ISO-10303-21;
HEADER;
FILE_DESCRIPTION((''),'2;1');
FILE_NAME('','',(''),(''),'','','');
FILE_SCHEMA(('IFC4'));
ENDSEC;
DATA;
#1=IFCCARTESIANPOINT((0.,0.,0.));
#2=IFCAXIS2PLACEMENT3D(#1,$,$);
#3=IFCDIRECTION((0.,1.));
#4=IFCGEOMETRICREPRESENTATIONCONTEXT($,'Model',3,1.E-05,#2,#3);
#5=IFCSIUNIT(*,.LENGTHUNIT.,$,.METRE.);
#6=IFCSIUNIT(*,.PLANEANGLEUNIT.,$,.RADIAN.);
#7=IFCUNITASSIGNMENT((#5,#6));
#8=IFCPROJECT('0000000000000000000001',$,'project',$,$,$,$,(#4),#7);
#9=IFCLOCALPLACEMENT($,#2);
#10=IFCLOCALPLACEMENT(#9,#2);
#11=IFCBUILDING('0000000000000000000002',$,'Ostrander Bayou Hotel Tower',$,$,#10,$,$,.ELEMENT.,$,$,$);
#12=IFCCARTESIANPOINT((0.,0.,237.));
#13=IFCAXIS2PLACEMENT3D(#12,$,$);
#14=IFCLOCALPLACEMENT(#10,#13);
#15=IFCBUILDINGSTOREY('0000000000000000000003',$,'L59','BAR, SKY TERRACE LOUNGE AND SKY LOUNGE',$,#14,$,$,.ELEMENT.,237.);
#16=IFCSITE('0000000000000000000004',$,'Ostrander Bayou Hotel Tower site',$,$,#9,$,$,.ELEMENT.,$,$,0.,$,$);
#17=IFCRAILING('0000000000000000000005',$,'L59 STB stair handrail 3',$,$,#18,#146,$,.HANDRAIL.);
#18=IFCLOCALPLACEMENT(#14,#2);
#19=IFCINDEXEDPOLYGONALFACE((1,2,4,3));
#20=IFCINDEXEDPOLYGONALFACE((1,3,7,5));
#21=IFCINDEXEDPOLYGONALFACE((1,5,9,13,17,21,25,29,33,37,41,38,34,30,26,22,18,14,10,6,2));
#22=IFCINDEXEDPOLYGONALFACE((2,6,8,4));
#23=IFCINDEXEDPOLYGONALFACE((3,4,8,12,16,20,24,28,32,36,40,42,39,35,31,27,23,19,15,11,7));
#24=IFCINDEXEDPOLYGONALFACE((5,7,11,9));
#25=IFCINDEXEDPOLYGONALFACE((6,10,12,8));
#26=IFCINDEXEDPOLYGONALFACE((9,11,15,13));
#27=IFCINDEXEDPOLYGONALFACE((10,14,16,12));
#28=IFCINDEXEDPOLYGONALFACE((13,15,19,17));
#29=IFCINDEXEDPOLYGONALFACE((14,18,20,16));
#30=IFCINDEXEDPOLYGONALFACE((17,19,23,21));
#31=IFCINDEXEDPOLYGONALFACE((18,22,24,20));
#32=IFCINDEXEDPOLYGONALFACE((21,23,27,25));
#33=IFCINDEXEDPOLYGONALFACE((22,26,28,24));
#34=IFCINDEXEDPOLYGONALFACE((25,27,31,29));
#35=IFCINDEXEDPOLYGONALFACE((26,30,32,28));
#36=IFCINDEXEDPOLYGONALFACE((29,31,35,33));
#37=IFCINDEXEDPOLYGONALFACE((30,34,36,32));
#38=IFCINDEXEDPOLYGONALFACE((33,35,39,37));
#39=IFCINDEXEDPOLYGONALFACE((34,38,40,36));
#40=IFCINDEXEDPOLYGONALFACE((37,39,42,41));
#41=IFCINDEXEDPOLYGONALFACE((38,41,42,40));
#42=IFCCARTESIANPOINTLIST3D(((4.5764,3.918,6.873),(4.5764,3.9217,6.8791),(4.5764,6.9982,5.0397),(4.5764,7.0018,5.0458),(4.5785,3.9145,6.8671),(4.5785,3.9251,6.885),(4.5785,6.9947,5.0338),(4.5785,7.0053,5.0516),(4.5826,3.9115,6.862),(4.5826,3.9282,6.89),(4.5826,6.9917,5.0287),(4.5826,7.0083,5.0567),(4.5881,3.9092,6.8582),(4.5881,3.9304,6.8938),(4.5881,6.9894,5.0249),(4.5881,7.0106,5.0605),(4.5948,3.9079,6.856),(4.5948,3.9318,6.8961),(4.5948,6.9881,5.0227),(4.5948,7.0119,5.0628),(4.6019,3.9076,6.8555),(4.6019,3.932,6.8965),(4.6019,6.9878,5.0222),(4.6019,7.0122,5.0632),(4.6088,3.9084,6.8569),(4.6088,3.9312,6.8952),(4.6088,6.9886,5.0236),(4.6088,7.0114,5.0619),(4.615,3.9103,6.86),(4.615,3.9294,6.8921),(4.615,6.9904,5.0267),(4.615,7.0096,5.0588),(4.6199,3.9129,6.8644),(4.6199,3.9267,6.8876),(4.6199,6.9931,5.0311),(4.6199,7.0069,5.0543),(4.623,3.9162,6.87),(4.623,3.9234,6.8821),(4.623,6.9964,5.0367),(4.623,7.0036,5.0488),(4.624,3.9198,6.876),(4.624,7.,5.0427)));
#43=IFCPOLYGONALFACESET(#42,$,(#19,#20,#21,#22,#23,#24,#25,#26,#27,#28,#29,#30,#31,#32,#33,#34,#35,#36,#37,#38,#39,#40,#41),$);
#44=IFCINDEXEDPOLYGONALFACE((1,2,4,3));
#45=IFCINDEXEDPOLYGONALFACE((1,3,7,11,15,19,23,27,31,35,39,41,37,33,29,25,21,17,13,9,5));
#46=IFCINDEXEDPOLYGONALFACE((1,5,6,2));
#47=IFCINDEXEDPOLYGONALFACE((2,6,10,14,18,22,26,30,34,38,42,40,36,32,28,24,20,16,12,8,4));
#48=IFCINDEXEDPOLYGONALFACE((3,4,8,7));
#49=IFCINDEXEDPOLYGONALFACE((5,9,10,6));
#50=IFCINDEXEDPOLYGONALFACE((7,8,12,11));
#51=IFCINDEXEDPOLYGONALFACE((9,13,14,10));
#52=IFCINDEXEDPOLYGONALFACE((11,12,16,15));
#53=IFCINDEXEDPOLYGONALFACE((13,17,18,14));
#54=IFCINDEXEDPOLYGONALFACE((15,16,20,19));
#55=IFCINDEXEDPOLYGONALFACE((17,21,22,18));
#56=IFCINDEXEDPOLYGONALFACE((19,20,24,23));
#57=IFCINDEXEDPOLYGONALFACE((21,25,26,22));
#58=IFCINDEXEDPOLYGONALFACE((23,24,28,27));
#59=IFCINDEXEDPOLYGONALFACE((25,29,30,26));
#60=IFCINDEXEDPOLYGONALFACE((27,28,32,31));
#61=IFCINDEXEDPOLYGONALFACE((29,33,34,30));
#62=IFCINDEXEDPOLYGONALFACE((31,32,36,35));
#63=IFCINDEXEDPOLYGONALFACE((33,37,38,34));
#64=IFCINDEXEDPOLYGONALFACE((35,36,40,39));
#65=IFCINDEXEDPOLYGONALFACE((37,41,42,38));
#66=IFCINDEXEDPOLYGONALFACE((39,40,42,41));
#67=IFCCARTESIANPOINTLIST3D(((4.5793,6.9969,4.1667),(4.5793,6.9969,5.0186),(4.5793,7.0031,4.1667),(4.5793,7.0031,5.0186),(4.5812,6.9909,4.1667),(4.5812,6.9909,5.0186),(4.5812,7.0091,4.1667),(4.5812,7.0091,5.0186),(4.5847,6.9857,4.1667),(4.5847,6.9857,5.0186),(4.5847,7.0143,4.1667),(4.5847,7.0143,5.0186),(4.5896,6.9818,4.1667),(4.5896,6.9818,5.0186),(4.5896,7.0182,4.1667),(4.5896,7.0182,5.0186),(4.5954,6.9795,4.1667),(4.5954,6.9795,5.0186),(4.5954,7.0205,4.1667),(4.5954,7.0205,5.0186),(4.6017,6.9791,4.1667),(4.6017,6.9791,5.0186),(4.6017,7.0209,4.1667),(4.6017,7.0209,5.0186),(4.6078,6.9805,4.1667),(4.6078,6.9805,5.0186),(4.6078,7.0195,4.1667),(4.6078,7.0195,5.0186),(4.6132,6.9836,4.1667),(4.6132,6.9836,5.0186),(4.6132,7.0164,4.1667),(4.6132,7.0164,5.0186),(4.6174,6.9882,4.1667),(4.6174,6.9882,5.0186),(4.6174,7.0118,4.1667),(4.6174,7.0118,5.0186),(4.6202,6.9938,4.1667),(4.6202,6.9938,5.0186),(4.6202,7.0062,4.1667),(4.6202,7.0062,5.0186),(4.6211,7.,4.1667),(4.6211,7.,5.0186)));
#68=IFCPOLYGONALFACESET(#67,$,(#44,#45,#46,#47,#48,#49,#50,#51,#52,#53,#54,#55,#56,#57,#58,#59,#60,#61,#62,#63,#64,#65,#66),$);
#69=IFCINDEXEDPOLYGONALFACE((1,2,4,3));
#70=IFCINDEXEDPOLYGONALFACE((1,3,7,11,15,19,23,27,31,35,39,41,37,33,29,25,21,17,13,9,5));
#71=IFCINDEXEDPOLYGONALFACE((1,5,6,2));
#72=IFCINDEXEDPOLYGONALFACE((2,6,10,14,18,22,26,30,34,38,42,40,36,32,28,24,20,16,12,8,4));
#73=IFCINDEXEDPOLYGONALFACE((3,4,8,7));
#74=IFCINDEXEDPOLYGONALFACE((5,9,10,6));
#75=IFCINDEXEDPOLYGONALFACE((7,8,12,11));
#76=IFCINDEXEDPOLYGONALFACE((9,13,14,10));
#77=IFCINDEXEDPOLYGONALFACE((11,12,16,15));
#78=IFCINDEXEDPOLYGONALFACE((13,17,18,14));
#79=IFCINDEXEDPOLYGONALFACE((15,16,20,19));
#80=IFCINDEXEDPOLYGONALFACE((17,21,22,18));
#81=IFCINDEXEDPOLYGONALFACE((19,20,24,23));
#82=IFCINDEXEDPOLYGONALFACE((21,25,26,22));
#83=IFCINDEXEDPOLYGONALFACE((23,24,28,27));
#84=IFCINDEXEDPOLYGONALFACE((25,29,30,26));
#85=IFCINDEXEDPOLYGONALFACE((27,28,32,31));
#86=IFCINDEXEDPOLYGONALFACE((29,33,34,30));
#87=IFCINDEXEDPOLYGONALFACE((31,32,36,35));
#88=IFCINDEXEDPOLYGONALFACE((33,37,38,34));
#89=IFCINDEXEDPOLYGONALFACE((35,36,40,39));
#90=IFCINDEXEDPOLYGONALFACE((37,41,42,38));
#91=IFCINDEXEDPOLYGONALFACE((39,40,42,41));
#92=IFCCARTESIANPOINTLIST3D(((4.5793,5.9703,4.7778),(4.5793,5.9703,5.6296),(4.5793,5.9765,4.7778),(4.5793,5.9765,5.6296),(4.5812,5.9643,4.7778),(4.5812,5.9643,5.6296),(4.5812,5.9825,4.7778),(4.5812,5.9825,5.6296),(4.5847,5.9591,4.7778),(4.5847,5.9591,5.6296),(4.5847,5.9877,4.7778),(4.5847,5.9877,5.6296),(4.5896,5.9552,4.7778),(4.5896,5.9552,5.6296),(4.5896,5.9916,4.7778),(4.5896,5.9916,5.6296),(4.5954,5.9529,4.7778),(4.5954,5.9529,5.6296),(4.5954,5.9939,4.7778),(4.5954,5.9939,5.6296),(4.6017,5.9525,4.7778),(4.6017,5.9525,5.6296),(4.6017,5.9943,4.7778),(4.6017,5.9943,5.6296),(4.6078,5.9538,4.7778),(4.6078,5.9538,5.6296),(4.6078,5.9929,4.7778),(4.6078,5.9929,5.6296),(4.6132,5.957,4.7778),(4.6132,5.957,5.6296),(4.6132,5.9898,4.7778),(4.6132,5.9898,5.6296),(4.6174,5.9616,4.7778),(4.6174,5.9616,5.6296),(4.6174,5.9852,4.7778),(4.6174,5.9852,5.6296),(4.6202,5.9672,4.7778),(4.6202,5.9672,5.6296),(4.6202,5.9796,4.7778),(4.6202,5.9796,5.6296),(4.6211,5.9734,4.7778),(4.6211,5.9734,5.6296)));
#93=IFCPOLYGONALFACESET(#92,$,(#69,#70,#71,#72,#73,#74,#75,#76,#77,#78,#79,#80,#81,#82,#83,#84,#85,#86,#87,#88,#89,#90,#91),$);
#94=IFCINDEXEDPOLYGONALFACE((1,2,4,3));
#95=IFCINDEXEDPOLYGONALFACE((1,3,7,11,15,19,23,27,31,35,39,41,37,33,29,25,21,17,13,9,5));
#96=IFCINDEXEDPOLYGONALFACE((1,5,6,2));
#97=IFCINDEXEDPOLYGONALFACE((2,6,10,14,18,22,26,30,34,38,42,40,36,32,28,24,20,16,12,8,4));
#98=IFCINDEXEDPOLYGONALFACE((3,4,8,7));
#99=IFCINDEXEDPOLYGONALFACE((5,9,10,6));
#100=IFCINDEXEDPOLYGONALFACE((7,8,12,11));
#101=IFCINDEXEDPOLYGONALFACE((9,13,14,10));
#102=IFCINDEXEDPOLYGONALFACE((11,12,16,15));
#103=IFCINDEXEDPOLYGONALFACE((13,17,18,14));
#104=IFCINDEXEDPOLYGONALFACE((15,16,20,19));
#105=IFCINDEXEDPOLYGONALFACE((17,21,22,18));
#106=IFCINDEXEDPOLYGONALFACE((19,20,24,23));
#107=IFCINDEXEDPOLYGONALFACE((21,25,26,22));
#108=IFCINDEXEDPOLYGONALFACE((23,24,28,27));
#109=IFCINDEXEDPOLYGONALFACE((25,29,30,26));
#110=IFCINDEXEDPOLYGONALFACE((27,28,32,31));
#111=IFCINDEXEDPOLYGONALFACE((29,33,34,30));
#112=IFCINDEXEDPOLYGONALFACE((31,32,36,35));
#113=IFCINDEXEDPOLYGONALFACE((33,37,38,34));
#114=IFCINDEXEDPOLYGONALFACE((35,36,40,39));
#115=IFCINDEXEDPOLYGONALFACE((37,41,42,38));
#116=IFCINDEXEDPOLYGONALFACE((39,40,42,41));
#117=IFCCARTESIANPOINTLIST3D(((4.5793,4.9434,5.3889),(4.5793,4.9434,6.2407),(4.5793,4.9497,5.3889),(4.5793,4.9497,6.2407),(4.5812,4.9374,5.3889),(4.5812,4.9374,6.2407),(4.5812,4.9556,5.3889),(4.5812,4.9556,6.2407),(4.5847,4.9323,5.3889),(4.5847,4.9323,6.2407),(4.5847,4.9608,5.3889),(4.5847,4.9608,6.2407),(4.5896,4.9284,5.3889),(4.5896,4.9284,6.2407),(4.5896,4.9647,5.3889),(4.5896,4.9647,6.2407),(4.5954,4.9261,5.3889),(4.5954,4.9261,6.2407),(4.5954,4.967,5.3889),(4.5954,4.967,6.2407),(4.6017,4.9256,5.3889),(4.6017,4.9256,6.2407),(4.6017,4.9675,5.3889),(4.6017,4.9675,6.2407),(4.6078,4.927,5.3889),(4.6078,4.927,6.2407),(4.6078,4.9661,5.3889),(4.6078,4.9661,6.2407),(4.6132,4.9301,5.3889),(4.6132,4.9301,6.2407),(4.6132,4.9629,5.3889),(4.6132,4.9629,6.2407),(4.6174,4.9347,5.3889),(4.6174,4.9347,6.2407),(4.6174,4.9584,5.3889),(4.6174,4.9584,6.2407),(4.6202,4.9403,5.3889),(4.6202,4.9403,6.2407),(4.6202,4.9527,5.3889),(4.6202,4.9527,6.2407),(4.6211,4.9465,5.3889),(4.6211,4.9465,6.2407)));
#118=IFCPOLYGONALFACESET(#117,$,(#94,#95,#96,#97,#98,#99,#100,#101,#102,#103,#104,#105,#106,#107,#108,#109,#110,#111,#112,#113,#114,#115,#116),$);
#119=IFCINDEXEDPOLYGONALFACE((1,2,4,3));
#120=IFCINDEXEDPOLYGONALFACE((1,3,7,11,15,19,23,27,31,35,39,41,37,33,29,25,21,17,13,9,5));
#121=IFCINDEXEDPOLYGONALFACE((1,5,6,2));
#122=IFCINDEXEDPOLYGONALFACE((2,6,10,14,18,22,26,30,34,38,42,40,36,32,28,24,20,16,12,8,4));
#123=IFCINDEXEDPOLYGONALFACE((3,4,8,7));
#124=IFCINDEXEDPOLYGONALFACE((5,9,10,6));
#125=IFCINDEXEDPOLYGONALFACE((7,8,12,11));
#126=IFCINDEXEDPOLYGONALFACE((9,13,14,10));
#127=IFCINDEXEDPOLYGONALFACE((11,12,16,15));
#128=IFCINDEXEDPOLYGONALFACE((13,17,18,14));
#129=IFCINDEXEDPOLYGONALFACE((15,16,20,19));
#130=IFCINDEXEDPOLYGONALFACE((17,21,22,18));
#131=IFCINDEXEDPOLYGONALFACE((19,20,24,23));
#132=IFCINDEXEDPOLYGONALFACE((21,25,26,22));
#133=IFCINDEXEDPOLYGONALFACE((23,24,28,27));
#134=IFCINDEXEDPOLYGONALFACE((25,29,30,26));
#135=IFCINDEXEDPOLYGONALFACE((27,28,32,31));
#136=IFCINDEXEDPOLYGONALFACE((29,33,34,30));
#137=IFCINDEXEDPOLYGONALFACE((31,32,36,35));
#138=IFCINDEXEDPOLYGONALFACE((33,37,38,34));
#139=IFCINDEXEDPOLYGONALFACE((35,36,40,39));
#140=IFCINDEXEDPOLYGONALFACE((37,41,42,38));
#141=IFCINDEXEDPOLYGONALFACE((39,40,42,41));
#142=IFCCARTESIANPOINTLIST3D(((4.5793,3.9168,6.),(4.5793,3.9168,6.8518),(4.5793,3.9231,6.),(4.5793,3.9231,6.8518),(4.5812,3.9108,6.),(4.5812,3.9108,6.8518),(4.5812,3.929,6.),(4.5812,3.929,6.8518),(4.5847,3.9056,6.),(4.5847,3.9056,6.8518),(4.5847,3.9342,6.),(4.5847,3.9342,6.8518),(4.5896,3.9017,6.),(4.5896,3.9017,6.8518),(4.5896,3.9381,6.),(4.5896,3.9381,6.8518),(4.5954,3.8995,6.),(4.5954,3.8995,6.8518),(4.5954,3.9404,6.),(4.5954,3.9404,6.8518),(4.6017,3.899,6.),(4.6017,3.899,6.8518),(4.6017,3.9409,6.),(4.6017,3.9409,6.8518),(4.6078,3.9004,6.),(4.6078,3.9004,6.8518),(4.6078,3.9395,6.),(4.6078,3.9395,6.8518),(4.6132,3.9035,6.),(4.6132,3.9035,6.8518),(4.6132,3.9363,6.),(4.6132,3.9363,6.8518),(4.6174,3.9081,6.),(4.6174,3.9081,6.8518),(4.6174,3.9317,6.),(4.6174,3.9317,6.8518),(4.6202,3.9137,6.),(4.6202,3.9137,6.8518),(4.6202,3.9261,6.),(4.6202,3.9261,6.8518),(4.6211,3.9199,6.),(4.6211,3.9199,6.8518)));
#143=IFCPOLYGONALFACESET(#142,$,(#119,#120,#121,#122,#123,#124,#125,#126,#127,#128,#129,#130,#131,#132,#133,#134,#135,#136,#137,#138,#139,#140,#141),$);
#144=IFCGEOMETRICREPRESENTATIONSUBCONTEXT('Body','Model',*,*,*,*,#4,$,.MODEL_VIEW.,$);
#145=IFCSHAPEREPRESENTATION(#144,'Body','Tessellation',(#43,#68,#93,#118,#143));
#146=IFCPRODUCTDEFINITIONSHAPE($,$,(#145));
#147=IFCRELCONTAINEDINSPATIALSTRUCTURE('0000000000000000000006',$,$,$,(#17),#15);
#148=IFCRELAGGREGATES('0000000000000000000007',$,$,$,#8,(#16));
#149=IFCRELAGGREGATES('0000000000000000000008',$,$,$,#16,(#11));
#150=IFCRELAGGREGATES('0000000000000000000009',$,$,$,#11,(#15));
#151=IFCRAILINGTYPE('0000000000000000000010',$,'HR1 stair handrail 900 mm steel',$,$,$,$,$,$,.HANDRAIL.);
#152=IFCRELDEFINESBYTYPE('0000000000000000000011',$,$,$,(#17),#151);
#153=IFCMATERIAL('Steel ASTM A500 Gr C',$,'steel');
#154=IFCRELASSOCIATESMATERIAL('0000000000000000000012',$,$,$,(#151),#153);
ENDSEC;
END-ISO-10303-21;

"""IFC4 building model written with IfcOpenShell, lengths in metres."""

from ifc_helpers import new_model, si_unit, direction, frame, origin, origin_2d, place, context, subcontext, project, spatial, circle, extrude, material, type_object, element, save


model = new_model("IFC4")

# Units and contexts
model_context = context("Model", 3, precision=1e-05, world=origin(), true_north=direction((0.0, 1.0)))
body_context = subcontext(model_context, "Body", "Model", "MODEL_VIEW")
ifc_project = project(units=[si_unit("LENGTHUNIT", "METRE"), si_unit("PLANEANGLEUNIT", "RADIAN")], contexts=[model_context])

# Site, building, storey
site_placement = place(None, origin())
site = spatial("IfcSite", under=ifc_project, at=site_placement, Name="Ostrander Bayou Hotel Tower site", CompositionType="ELEMENT", RefElevation=0.0)
building_placement = place(site_placement, origin())
building = spatial("IfcBuilding", under=site, at=building_placement, Name="Ostrander Bayou Hotel Tower", CompositionType="ELEMENT")
storey_placement = place(building_placement, frame((0.0, 0.0, 237.0)))
storey = spatial("IfcBuildingStorey", under=building, at=storey_placement, Name="L59", Description="BAR, SKY TERRACE LOUNGE AND SKY LOUNGE", CompositionType="ELEMENT", Elevation=237.0)

# Railing
ifc_material_1 = material(Name="Steel ASTM A500 Gr C", Category="steel")
railing_type_1 = type_object("IfcRailingType", Name="HR1 stair handrail 900 mm steel", PredefinedType="HANDRAIL", material=ifc_material_1)
for number, where, name in (
    (1, (4.6001, 7.0, 4.1667), "L59 STB stair handrail 3"),
):
    element("IfcRailing", number, at=place(storey_placement, frame(where)), inside=storey, type_object=railing_type_1, Name=name, PredefinedType="HANDRAIL", context=body_context, shape_type="SweptSolid", body=[
        extrude(circle(Radius=0.0239, at=origin_2d()), frame((0.0, 0.0, 0.876), z_axis=(0.0, -0.859309, 0.511458), x_axis=(1.0, 0.0, 0.0)), (0.0, 0.0, 1.0), 3.5845),
        extrude(circle(Radius=0.021, at=origin_2d()), origin(), (0.0, 0.0, 1.0), 0.8518),
        extrude(circle(Radius=0.021, at=origin_2d()), frame((0.0, -1.0266, 0.6111)), (0.0, 0.0, 1.0), 0.8518),
        extrude(circle(Radius=0.021, at=origin_2d()), frame((0.0, -2.0535, 1.2222)), (0.0, 0.0, 1.0), 0.8518),
        extrude(circle(Radius=0.021, at=origin_2d()), frame((0.0, -3.0801, 1.8333)), (0.0, 0.0, 1.0), 0.8518),
    ])

save(model, "model.ifc")
